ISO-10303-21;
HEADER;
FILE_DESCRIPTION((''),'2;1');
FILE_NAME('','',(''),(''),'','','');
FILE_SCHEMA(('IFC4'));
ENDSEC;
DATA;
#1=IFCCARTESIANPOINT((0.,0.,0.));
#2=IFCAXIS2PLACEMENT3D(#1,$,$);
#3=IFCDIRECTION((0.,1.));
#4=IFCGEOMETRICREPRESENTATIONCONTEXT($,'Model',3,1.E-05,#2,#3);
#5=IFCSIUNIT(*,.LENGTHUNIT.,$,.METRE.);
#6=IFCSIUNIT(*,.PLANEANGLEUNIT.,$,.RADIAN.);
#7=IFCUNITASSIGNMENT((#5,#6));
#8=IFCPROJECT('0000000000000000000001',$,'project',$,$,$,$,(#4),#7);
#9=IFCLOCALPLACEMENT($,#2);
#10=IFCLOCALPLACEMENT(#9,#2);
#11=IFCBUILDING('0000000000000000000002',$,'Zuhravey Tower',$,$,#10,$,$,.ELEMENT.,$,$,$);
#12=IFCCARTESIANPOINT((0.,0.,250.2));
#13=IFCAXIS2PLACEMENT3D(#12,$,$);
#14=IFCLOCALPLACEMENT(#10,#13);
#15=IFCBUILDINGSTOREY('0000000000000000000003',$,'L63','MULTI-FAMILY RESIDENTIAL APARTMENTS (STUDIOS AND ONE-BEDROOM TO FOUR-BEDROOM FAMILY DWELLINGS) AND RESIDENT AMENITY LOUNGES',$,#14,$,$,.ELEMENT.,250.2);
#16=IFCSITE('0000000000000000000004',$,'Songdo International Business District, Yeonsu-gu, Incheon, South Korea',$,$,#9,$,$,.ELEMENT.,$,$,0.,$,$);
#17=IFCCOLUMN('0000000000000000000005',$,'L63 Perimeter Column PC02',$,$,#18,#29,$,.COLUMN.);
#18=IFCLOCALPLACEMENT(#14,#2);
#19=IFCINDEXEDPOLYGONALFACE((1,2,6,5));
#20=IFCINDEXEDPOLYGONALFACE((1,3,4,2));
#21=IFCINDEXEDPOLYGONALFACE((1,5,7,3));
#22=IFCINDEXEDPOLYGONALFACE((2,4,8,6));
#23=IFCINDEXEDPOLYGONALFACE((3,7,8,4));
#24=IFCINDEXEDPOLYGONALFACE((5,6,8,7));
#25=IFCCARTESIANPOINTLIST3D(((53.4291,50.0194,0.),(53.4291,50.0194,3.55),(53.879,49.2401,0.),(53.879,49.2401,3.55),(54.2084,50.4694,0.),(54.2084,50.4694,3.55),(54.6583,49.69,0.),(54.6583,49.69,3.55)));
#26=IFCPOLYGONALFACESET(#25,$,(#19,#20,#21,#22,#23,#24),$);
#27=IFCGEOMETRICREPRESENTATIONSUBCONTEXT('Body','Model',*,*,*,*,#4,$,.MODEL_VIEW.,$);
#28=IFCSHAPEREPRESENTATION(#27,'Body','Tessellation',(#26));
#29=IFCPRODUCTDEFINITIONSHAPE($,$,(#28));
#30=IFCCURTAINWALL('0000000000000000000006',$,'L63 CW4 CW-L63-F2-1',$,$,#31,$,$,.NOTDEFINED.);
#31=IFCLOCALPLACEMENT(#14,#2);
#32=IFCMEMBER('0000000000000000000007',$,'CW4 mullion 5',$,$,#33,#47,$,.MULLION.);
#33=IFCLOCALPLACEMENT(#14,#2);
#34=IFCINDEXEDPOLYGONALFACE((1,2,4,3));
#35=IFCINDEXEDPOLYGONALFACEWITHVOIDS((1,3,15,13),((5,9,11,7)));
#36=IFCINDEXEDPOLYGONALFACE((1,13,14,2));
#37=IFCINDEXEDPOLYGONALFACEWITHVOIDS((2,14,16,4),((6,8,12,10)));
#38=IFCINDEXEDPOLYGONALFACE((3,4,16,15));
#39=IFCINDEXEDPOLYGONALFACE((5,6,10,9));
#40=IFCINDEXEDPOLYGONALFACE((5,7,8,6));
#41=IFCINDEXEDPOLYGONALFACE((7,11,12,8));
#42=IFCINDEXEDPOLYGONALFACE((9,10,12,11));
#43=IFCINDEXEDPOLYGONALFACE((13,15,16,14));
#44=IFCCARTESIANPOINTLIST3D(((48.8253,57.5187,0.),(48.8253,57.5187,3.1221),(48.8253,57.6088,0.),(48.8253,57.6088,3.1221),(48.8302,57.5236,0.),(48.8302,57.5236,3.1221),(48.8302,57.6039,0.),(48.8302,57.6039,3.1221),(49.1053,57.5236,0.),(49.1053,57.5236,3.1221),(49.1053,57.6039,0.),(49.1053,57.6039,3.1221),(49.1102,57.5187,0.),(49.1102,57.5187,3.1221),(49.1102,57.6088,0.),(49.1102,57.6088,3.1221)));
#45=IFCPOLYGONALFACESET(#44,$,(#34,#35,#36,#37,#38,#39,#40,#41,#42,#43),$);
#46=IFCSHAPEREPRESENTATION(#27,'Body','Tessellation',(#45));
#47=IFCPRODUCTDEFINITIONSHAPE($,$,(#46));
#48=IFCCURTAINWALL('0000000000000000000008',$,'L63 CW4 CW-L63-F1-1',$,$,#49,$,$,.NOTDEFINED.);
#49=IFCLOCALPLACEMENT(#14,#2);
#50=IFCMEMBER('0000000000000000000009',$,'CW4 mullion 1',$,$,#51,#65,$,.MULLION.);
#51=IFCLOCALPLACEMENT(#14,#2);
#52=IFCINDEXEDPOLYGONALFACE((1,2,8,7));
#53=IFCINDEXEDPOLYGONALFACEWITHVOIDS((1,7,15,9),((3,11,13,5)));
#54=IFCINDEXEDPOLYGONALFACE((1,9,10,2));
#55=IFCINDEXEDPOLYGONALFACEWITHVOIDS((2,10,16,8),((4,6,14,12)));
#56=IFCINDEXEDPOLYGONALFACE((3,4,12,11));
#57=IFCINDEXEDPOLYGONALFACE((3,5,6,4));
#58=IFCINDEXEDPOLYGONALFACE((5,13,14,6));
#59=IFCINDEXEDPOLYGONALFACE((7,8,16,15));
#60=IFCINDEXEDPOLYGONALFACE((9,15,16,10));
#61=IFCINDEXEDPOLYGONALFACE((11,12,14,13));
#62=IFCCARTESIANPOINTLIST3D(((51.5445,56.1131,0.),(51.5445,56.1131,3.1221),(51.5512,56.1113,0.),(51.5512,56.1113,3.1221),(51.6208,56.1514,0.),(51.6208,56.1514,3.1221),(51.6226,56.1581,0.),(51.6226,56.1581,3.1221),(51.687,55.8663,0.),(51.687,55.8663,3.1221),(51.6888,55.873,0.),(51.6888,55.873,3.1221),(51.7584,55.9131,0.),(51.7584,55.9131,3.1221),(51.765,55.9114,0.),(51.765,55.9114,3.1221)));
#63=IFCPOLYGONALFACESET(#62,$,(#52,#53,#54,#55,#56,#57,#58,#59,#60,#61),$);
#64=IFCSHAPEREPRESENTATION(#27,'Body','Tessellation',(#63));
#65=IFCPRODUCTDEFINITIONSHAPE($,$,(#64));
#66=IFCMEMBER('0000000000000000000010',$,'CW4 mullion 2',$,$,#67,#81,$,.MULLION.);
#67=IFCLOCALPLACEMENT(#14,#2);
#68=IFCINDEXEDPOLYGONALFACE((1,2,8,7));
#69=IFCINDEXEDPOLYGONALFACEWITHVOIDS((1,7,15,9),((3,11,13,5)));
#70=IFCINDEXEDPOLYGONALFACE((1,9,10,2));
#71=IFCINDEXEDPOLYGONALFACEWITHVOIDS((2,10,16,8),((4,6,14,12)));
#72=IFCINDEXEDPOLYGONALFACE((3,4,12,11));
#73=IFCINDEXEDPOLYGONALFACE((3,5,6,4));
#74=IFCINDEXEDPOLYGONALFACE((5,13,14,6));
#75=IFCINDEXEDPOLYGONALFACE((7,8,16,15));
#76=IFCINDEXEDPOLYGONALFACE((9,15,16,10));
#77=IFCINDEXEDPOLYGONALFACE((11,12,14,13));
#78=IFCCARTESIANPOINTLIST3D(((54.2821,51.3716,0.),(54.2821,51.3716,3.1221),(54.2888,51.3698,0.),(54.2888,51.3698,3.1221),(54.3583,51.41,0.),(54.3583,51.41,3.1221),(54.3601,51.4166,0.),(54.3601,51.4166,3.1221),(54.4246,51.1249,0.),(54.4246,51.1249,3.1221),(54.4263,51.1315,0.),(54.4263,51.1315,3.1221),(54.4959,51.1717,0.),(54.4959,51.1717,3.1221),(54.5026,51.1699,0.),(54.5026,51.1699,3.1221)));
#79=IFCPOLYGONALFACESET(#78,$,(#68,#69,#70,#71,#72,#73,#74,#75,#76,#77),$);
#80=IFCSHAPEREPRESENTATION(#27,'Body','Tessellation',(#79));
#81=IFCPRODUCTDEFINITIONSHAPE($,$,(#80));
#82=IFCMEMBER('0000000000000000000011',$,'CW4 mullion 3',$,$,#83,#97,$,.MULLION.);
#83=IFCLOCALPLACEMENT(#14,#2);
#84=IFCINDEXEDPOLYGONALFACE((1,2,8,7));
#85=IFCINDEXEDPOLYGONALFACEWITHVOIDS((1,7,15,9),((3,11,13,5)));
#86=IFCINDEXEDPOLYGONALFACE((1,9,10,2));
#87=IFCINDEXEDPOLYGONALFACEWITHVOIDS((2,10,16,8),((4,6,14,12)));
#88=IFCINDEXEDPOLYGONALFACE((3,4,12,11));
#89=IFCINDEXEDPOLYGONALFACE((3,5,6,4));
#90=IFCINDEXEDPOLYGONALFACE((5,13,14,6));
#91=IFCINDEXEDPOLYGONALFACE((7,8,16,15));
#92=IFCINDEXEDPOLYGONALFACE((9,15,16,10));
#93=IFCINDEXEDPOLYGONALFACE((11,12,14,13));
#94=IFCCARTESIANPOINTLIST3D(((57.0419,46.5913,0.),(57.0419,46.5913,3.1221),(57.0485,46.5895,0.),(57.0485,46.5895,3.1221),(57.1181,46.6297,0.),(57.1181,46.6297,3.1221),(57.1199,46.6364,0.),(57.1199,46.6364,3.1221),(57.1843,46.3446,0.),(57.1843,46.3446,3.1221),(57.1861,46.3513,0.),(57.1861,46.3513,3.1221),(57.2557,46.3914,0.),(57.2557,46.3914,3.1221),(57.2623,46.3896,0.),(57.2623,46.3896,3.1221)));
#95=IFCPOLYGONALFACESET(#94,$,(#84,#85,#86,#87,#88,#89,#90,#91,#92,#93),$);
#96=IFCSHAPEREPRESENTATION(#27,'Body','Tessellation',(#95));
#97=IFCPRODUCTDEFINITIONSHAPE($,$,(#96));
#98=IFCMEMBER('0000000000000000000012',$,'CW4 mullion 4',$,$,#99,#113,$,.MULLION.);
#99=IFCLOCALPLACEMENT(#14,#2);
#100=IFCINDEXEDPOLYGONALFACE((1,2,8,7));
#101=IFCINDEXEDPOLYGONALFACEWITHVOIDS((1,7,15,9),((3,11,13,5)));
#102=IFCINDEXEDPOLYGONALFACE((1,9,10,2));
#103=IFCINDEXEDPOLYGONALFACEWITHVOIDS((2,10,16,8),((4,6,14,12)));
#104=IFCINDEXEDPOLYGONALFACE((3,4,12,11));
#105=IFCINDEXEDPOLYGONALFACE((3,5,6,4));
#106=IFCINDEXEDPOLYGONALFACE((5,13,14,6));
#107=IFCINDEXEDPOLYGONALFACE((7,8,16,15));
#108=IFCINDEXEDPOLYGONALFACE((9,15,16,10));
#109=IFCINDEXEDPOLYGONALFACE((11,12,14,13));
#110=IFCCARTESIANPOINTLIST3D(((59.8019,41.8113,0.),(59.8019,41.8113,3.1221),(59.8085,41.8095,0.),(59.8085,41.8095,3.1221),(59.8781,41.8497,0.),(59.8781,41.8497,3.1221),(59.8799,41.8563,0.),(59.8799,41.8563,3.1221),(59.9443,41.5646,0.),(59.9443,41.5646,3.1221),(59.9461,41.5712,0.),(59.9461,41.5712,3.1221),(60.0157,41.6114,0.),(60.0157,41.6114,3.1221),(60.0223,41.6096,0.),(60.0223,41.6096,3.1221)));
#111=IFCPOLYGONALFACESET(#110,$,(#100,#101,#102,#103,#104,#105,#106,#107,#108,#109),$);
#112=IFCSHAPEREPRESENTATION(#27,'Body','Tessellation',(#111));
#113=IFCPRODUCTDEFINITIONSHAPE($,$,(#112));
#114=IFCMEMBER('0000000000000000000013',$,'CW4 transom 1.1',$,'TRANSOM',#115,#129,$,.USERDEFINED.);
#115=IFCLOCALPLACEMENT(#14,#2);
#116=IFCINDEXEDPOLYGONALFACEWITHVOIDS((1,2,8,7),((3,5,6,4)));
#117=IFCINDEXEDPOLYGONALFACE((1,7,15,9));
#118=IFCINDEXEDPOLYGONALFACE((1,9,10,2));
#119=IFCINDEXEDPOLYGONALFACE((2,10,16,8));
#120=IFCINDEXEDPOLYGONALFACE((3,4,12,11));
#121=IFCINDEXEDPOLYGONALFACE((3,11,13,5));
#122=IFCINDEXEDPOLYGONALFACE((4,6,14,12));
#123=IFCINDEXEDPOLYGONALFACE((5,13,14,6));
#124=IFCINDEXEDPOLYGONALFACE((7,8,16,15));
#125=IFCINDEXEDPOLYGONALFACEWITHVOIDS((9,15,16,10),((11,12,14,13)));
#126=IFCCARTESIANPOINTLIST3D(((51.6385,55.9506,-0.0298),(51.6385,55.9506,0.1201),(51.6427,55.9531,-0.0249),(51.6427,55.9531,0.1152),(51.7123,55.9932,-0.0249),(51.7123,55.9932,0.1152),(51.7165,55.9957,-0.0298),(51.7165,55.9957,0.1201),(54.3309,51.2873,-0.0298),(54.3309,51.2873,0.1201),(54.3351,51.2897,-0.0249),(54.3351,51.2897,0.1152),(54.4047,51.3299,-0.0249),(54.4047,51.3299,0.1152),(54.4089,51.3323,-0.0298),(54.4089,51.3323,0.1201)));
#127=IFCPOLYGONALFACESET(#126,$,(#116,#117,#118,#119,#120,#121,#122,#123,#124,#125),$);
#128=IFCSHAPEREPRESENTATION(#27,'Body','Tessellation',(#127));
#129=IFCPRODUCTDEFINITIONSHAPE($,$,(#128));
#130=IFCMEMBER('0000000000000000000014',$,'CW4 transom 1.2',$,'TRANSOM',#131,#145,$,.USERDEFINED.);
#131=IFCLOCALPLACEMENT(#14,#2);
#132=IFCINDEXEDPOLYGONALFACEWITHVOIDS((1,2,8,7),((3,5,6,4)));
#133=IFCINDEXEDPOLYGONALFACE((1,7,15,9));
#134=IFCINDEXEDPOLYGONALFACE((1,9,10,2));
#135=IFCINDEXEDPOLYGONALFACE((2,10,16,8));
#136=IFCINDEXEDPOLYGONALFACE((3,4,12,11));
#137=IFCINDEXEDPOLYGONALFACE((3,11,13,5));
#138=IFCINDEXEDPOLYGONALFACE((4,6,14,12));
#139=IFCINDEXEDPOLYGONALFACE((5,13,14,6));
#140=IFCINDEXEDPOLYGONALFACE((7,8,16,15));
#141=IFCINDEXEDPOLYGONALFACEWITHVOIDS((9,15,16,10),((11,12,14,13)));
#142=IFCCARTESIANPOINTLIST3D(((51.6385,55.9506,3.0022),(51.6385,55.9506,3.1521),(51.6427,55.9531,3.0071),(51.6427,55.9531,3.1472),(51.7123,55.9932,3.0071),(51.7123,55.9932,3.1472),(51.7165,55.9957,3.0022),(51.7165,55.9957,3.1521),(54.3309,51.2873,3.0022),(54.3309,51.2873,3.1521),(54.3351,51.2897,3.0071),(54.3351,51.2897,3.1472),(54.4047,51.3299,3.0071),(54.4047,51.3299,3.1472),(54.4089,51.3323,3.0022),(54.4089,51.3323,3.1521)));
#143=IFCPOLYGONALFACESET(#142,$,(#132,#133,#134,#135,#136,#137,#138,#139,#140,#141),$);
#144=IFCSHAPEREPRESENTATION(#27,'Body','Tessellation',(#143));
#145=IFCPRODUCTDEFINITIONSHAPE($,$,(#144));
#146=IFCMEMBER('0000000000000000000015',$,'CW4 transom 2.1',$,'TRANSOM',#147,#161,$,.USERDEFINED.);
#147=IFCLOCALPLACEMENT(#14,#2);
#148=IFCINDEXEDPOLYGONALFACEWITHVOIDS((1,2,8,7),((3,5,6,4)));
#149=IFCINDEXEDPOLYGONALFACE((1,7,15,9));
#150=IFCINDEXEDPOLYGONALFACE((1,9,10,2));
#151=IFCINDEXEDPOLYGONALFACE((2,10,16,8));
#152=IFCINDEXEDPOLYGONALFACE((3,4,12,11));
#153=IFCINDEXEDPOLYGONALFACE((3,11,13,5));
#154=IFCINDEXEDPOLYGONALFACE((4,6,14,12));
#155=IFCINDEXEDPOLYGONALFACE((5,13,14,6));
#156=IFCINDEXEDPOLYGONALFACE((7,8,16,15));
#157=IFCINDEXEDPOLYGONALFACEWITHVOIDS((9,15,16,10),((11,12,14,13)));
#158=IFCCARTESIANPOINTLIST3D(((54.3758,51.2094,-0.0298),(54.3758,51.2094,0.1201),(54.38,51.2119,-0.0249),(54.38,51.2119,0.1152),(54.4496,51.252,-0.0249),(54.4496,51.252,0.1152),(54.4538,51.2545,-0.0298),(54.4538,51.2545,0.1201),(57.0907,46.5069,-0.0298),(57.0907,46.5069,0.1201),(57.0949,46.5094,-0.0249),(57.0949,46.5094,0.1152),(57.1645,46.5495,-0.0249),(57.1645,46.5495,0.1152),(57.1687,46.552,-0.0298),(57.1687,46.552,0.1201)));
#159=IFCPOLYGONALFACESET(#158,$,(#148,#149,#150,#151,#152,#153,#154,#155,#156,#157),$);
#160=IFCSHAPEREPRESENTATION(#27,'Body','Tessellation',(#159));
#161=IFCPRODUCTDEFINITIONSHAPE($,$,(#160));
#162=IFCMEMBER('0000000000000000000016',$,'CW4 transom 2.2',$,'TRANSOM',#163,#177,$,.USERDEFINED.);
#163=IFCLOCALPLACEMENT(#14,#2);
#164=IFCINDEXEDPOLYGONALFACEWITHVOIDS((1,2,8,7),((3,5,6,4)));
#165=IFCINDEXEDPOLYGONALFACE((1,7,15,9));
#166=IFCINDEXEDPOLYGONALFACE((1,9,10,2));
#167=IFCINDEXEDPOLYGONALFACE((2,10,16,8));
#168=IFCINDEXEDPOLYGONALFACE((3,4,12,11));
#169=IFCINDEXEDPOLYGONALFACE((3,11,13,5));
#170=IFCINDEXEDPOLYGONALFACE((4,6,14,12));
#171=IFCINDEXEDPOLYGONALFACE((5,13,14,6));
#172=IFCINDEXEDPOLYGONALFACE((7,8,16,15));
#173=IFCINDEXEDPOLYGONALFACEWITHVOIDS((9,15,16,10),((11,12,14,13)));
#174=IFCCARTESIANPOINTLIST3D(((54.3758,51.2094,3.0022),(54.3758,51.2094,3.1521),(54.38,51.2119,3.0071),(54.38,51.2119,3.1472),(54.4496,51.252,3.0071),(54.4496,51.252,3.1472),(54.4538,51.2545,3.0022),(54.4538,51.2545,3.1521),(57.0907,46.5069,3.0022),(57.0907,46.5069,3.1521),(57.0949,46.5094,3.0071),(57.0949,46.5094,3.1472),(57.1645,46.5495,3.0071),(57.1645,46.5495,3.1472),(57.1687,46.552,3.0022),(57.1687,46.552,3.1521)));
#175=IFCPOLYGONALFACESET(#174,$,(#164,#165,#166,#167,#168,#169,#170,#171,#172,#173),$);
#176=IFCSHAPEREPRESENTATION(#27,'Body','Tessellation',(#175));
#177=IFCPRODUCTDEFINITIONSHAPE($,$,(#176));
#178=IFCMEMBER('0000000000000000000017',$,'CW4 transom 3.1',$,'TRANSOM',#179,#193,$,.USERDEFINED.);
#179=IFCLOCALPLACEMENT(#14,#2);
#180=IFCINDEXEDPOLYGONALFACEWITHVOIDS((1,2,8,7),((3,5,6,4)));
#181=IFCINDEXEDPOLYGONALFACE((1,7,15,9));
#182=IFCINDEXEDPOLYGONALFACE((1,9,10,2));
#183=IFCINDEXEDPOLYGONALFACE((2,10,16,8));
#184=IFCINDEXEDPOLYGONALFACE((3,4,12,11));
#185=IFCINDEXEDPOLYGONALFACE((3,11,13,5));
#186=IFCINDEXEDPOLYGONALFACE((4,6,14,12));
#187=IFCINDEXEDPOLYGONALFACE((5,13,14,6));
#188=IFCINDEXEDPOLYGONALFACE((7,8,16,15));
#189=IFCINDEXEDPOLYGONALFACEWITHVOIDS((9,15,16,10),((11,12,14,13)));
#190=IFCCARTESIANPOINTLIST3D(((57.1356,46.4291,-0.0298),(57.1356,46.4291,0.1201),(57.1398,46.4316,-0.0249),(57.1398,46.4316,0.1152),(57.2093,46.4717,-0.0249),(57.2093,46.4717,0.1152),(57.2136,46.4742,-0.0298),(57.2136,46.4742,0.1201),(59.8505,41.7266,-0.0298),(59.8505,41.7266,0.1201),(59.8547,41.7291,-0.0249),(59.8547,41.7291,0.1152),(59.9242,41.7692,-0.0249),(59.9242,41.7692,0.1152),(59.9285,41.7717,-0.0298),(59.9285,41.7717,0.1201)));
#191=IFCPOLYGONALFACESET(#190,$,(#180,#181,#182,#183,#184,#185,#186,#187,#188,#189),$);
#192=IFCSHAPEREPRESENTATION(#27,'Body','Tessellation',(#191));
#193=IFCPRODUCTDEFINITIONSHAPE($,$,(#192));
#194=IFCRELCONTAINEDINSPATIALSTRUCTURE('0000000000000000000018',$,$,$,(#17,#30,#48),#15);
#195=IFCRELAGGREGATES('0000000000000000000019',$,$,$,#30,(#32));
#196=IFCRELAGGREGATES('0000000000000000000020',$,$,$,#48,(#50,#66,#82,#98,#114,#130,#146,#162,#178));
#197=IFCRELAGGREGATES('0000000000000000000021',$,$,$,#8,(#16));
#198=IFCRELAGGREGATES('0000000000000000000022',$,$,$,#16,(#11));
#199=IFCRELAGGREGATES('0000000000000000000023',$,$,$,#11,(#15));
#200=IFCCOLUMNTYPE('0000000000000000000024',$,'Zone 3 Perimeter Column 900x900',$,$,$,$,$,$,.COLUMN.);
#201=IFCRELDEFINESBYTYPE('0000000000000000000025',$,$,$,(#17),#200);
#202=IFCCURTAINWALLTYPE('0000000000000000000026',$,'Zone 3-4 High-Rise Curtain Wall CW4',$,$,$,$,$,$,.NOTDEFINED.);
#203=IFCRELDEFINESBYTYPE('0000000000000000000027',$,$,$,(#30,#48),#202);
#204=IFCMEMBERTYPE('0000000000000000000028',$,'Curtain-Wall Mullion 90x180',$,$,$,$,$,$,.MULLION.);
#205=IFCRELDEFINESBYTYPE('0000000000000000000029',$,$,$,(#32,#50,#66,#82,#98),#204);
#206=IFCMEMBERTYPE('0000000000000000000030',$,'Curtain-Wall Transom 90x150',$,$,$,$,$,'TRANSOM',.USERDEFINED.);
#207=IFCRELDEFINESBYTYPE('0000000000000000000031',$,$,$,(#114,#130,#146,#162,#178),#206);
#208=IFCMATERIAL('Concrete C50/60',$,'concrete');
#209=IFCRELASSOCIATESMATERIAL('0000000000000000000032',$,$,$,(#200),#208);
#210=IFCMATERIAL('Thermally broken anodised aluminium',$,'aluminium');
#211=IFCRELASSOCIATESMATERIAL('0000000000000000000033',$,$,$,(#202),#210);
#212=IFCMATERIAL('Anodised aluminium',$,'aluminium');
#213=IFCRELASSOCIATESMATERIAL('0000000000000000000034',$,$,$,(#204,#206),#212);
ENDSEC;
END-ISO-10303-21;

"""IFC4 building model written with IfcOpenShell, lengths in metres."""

from ifc_helpers import new_model, si_unit, direction, frame, origin, origin_2d, place, context, subcontext, project, spatial, rectangle, hollow_rectangle, extrude, material, material_profile, profile_set, type_object, element, aggregate, save


model = new_model("IFC4")

# Units and contexts
model_context = context("Model", 3, precision=1e-05, world=origin(), true_north=direction((0.0, 1.0)))
body_context = subcontext(model_context, "Body", "Model", "MODEL_VIEW")
ifc_project = project(units=[si_unit("LENGTHUNIT", "METRE"), si_unit("PLANEANGLEUNIT", "RADIAN")], contexts=[model_context])

# Site, building, storey
site_placement = place(None, origin())
site = spatial("IfcSite", under=ifc_project, at=site_placement, Name="Songdo International Business District, Yeonsu-gu, Incheon, South Korea", CompositionType="ELEMENT", RefElevation=0.0)
building_placement = place(site_placement, origin())
building = spatial("IfcBuilding", under=site, at=building_placement, Name="Zuhravey Tower", CompositionType="ELEMENT")
storey_placement = place(building_placement, frame((0.0, 0.0, 250.2)))
storey = spatial("IfcBuildingStorey", under=building, at=storey_placement, Name="L63", Description="MULTI-FAMILY RESIDENTIAL APARTMENTS (STUDIOS AND ONE-BEDROOM TO FOUR-BEDROOM FAMILY DWELLINGS) AND RESIDENT AMENITY LOUNGES", CompositionType="ELEMENT", Elevation=250.2)

# Column
ifc_material_1 = material(Name="Concrete C50/60", Category="concrete")
ifc_material_profile_1 = material_profile(ifc_material_1, rectangle(XDim=0.8999, YDim=0.8999, at=origin_2d()), Name="RC-900x900")
ifc_profile_set_1 = profile_set([ifc_material_profile_1], Name="Concrete C50/60")
column_type = type_object("IfcColumnType", Name="Zone 3 Perimeter Column 900x900", PredefinedType="COLUMN", material=ifc_profile_set_1)
column_placement = place(storey_placement, frame((54.0437, 49.8547, 0.0), z_axis=(0.0, 0.0, 1.0), x_axis=(-0.5, 0.866025, 0.0)))
element("IfcColumn", 1, at=column_placement, inside=storey, type_object=column_type, Name="L63 Perimeter Column PC02", PredefinedType="COLUMN", context=body_context, shape_type="SweptSolid", body=[
    extrude(rectangle(XDim=0.8999, YDim=0.8999, at=origin_2d()), origin(), (0.0, 0.0, 1.0), 3.55),
])

# Curtain wall, member
ifc_material_2 = material(Name="Thermally broken anodised aluminium", Category="aluminium")
curtain_wall_type = type_object("IfcCurtainWallType", Name="Zone 3-4 High-Rise Curtain Wall CW4", PredefinedType="NOTDEFINED", material=ifc_material_2)
curtain_wall_1_placement = place(storey_placement, origin())
curtain_wall_1 = element("IfcCurtainWall", 2, at=curtain_wall_1_placement, inside=storey, type_object=curtain_wall_type, Name="L63 CW4 CW-L63-F2-1", PredefinedType="NOTDEFINED")
ifc_material_3 = material(Name="Anodised aluminium", Category="aluminium")
ifc_material_profile_2 = material_profile(ifc_material_3, hollow_rectangle(XDim=0.0901, YDim=0.2849, WallThickness=0.0049, at=origin_2d()), Name="ALU-RHS-90x285x5")
ifc_profile_set_2 = profile_set([ifc_material_profile_2], Name="Anodised aluminium")
member_type_1 = type_object("IfcMemberType", Name="Curtain-Wall Mullion 90x180", PredefinedType="MULLION", material=ifc_profile_set_2)
member_1_placement = place(storey_placement, frame((48.9678, 57.5637, 0.0), z_axis=(0.0, 0.0, 1.0), x_axis=(0.0, 1.0, 0.0)))
member_1 = element("IfcMember", 3, at=member_1_placement, type_object=member_type_1, Name="CW4 mullion 5", PredefinedType="MULLION", context=body_context, shape_type="SweptSolid", body=[
    extrude(hollow_rectangle(XDim=0.0901, YDim=0.2849, WallThickness=0.0049, at=origin_2d()), origin(), (0.0, 0.0, 1.0), 3.1221),
])
aggregate(curtain_wall_1, [member_1])

# Curtain wall, members
curtain_wall_2_placement = place(storey_placement, origin())
curtain_wall_2 = element("IfcCurtainWall", 4, at=curtain_wall_2_placement, inside=storey, type_object=curtain_wall_type, Name="L63 CW4 CW-L63-F1-1", PredefinedType="NOTDEFINED")
member_2_placement = place(storey_placement, frame((51.6548, 56.0122, 0.0), z_axis=(0.0, 0.0, 1.0), x_axis=(0.866026, 0.5, 0.0)))
member_2 = element("IfcMember", 5, at=member_2_placement, type_object=member_type_1, Name="CW4 mullion 1", PredefinedType="MULLION", context=body_context, shape_type="SweptSolid", body=[
    extrude(hollow_rectangle(XDim=0.0901, YDim=0.2849, WallThickness=0.0049, at=origin_2d()), origin(), (0.0, 0.0, 1.0), 3.1221),
])
member_3_placement = place(storey_placement, frame((54.3923, 51.2708, 0.0), z_axis=(0.0, 0.0, 1.0), x_axis=(0.866026, 0.5, 0.0)))
member_3 = element("IfcMember", 6, at=member_3_placement, type_object=member_type_1, Name="CW4 mullion 2", PredefinedType="MULLION", context=body_context, shape_type="SweptSolid", body=[
    extrude(hollow_rectangle(XDim=0.0901, YDim=0.2849, WallThickness=0.0049, at=origin_2d()), origin(), (0.0, 0.0, 1.0), 3.1221),
])
member_4_placement = place(storey_placement, frame((57.1521, 46.4905, 0.0), z_axis=(0.0, 0.0, 1.0), x_axis=(0.866026, 0.5, 0.0)))
member_4 = element("IfcMember", 7, at=member_4_placement, type_object=member_type_1, Name="CW4 mullion 3", PredefinedType="MULLION", context=body_context, shape_type="SweptSolid", body=[
    extrude(hollow_rectangle(XDim=0.0901, YDim=0.2849, WallThickness=0.0049, at=origin_2d()), origin(), (0.0, 0.0, 1.0), 3.1221),
])
member_5_placement = place(storey_placement, frame((59.9121, 41.7104, 0.0), z_axis=(0.0, 0.0, 1.0), x_axis=(0.866026, 0.5, 0.0)))
member_5 = element("IfcMember", 8, at=member_5_placement, type_object=member_type_1, Name="CW4 mullion 4", PredefinedType="MULLION", context=body_context, shape_type="SweptSolid", body=[
    extrude(hollow_rectangle(XDim=0.0901, YDim=0.2849, WallThickness=0.0049, at=origin_2d()), origin(), (0.0, 0.0, 1.0), 3.1221),
])
ifc_material_profile_3 = material_profile(ifc_material_3, hollow_rectangle(XDim=0.0901, YDim=0.1499, WallThickness=0.0049, at=origin_2d()), Name="ALU-RHS-90x150x5")
ifc_profile_set_3 = profile_set([ifc_material_profile_3], Name="Anodised aluminium")
member_type_2 = type_object("IfcMemberType", Name="Curtain-Wall Transom 90x150", ElementType="TRANSOM", PredefinedType="USERDEFINED", material=ifc_profile_set_3)
member_6_placement = place(storey_placement, frame((51.6775, 55.9731, 0.0452), z_axis=(0.500001, -0.866025, 0.0), x_axis=(0.866025, 0.500001, 0.0)))
member_6 = element("IfcMember", 9, at=member_6_placement, type_object=member_type_2, Name="CW4 transom 1.1", ObjectType="TRANSOM", PredefinedType="USERDEFINED", context=body_context, shape_type="SweptSolid", body=[
    extrude(hollow_rectangle(XDim=0.0901, YDim=0.1499, WallThickness=0.0049, at=origin_2d()), origin(), (0.0, 0.0, 1.0), 5.3848),
])
member_7_placement = place(storey_placement, frame((51.6775, 55.9731, 3.0771), z_axis=(0.500001, -0.866025, 0.0), x_axis=(0.866025, 0.500001, 0.0)))
member_7 = element("IfcMember", 10, at=member_7_placement, type_object=member_type_2, Name="CW4 transom 1.2", ObjectType="TRANSOM", PredefinedType="USERDEFINED", context=body_context, shape_type="SweptSolid", body=[
    extrude(hollow_rectangle(XDim=0.0901, YDim=0.1499, WallThickness=0.0049, at=origin_2d()), origin(), (0.0, 0.0, 1.0), 5.3848),
])
member_8_placement = place(storey_placement, frame((54.4148, 51.2319, 0.0452), z_axis=(0.499988, -0.866032, 0.0), x_axis=(0.866032, 0.499988, 0.0)))
member_8 = element("IfcMember", 11, at=member_8_placement, type_object=member_type_2, Name="CW4 transom 2.1", ObjectType="TRANSOM", PredefinedType="USERDEFINED", context=body_context, shape_type="SweptSolid", body=[
    extrude(hollow_rectangle(XDim=0.0901, YDim=0.1499, WallThickness=0.0049, at=origin_2d()), origin(), (0.0, 0.0, 1.0), 5.4299),
])
member_9_placement = place(storey_placement, frame((54.4148, 51.2319, 3.0771), z_axis=(0.499988, -0.866032, 0.0), x_axis=(0.866032, 0.499988, 0.0)))
member_9 = element("IfcMember", 12, at=member_9_placement, type_object=member_type_2, Name="CW4 transom 2.2", ObjectType="TRANSOM", PredefinedType="USERDEFINED", context=body_context, shape_type="SweptSolid", body=[
    extrude(hollow_rectangle(XDim=0.0901, YDim=0.1499, WallThickness=0.0049, at=origin_2d()), origin(), (0.0, 0.0, 1.0), 5.4299),
])
member_10_placement = place(storey_placement, frame((57.1746, 46.4517, 0.0452), z_axis=(0.499988, -0.866032, 0.0), x_axis=(0.866032, 0.499988, 0.0)))
member_10 = element("IfcMember", 13, at=member_10_placement, type_object=member_type_2, Name="CW4 transom 3.1", ObjectType="TRANSOM", PredefinedType="USERDEFINED", context=body_context, shape_type="SweptSolid", body=[
    extrude(hollow_rectangle(XDim=0.0901, YDim=0.1499, WallThickness=0.0049, at=origin_2d()), origin(), (0.0, 0.0, 1.0), 5.4299),
])

aggregate(curtain_wall_2, [member_2, member_3, member_4, member_5, member_6, member_7, member_8, member_9, member_10])

save(model, "model.ifc")
